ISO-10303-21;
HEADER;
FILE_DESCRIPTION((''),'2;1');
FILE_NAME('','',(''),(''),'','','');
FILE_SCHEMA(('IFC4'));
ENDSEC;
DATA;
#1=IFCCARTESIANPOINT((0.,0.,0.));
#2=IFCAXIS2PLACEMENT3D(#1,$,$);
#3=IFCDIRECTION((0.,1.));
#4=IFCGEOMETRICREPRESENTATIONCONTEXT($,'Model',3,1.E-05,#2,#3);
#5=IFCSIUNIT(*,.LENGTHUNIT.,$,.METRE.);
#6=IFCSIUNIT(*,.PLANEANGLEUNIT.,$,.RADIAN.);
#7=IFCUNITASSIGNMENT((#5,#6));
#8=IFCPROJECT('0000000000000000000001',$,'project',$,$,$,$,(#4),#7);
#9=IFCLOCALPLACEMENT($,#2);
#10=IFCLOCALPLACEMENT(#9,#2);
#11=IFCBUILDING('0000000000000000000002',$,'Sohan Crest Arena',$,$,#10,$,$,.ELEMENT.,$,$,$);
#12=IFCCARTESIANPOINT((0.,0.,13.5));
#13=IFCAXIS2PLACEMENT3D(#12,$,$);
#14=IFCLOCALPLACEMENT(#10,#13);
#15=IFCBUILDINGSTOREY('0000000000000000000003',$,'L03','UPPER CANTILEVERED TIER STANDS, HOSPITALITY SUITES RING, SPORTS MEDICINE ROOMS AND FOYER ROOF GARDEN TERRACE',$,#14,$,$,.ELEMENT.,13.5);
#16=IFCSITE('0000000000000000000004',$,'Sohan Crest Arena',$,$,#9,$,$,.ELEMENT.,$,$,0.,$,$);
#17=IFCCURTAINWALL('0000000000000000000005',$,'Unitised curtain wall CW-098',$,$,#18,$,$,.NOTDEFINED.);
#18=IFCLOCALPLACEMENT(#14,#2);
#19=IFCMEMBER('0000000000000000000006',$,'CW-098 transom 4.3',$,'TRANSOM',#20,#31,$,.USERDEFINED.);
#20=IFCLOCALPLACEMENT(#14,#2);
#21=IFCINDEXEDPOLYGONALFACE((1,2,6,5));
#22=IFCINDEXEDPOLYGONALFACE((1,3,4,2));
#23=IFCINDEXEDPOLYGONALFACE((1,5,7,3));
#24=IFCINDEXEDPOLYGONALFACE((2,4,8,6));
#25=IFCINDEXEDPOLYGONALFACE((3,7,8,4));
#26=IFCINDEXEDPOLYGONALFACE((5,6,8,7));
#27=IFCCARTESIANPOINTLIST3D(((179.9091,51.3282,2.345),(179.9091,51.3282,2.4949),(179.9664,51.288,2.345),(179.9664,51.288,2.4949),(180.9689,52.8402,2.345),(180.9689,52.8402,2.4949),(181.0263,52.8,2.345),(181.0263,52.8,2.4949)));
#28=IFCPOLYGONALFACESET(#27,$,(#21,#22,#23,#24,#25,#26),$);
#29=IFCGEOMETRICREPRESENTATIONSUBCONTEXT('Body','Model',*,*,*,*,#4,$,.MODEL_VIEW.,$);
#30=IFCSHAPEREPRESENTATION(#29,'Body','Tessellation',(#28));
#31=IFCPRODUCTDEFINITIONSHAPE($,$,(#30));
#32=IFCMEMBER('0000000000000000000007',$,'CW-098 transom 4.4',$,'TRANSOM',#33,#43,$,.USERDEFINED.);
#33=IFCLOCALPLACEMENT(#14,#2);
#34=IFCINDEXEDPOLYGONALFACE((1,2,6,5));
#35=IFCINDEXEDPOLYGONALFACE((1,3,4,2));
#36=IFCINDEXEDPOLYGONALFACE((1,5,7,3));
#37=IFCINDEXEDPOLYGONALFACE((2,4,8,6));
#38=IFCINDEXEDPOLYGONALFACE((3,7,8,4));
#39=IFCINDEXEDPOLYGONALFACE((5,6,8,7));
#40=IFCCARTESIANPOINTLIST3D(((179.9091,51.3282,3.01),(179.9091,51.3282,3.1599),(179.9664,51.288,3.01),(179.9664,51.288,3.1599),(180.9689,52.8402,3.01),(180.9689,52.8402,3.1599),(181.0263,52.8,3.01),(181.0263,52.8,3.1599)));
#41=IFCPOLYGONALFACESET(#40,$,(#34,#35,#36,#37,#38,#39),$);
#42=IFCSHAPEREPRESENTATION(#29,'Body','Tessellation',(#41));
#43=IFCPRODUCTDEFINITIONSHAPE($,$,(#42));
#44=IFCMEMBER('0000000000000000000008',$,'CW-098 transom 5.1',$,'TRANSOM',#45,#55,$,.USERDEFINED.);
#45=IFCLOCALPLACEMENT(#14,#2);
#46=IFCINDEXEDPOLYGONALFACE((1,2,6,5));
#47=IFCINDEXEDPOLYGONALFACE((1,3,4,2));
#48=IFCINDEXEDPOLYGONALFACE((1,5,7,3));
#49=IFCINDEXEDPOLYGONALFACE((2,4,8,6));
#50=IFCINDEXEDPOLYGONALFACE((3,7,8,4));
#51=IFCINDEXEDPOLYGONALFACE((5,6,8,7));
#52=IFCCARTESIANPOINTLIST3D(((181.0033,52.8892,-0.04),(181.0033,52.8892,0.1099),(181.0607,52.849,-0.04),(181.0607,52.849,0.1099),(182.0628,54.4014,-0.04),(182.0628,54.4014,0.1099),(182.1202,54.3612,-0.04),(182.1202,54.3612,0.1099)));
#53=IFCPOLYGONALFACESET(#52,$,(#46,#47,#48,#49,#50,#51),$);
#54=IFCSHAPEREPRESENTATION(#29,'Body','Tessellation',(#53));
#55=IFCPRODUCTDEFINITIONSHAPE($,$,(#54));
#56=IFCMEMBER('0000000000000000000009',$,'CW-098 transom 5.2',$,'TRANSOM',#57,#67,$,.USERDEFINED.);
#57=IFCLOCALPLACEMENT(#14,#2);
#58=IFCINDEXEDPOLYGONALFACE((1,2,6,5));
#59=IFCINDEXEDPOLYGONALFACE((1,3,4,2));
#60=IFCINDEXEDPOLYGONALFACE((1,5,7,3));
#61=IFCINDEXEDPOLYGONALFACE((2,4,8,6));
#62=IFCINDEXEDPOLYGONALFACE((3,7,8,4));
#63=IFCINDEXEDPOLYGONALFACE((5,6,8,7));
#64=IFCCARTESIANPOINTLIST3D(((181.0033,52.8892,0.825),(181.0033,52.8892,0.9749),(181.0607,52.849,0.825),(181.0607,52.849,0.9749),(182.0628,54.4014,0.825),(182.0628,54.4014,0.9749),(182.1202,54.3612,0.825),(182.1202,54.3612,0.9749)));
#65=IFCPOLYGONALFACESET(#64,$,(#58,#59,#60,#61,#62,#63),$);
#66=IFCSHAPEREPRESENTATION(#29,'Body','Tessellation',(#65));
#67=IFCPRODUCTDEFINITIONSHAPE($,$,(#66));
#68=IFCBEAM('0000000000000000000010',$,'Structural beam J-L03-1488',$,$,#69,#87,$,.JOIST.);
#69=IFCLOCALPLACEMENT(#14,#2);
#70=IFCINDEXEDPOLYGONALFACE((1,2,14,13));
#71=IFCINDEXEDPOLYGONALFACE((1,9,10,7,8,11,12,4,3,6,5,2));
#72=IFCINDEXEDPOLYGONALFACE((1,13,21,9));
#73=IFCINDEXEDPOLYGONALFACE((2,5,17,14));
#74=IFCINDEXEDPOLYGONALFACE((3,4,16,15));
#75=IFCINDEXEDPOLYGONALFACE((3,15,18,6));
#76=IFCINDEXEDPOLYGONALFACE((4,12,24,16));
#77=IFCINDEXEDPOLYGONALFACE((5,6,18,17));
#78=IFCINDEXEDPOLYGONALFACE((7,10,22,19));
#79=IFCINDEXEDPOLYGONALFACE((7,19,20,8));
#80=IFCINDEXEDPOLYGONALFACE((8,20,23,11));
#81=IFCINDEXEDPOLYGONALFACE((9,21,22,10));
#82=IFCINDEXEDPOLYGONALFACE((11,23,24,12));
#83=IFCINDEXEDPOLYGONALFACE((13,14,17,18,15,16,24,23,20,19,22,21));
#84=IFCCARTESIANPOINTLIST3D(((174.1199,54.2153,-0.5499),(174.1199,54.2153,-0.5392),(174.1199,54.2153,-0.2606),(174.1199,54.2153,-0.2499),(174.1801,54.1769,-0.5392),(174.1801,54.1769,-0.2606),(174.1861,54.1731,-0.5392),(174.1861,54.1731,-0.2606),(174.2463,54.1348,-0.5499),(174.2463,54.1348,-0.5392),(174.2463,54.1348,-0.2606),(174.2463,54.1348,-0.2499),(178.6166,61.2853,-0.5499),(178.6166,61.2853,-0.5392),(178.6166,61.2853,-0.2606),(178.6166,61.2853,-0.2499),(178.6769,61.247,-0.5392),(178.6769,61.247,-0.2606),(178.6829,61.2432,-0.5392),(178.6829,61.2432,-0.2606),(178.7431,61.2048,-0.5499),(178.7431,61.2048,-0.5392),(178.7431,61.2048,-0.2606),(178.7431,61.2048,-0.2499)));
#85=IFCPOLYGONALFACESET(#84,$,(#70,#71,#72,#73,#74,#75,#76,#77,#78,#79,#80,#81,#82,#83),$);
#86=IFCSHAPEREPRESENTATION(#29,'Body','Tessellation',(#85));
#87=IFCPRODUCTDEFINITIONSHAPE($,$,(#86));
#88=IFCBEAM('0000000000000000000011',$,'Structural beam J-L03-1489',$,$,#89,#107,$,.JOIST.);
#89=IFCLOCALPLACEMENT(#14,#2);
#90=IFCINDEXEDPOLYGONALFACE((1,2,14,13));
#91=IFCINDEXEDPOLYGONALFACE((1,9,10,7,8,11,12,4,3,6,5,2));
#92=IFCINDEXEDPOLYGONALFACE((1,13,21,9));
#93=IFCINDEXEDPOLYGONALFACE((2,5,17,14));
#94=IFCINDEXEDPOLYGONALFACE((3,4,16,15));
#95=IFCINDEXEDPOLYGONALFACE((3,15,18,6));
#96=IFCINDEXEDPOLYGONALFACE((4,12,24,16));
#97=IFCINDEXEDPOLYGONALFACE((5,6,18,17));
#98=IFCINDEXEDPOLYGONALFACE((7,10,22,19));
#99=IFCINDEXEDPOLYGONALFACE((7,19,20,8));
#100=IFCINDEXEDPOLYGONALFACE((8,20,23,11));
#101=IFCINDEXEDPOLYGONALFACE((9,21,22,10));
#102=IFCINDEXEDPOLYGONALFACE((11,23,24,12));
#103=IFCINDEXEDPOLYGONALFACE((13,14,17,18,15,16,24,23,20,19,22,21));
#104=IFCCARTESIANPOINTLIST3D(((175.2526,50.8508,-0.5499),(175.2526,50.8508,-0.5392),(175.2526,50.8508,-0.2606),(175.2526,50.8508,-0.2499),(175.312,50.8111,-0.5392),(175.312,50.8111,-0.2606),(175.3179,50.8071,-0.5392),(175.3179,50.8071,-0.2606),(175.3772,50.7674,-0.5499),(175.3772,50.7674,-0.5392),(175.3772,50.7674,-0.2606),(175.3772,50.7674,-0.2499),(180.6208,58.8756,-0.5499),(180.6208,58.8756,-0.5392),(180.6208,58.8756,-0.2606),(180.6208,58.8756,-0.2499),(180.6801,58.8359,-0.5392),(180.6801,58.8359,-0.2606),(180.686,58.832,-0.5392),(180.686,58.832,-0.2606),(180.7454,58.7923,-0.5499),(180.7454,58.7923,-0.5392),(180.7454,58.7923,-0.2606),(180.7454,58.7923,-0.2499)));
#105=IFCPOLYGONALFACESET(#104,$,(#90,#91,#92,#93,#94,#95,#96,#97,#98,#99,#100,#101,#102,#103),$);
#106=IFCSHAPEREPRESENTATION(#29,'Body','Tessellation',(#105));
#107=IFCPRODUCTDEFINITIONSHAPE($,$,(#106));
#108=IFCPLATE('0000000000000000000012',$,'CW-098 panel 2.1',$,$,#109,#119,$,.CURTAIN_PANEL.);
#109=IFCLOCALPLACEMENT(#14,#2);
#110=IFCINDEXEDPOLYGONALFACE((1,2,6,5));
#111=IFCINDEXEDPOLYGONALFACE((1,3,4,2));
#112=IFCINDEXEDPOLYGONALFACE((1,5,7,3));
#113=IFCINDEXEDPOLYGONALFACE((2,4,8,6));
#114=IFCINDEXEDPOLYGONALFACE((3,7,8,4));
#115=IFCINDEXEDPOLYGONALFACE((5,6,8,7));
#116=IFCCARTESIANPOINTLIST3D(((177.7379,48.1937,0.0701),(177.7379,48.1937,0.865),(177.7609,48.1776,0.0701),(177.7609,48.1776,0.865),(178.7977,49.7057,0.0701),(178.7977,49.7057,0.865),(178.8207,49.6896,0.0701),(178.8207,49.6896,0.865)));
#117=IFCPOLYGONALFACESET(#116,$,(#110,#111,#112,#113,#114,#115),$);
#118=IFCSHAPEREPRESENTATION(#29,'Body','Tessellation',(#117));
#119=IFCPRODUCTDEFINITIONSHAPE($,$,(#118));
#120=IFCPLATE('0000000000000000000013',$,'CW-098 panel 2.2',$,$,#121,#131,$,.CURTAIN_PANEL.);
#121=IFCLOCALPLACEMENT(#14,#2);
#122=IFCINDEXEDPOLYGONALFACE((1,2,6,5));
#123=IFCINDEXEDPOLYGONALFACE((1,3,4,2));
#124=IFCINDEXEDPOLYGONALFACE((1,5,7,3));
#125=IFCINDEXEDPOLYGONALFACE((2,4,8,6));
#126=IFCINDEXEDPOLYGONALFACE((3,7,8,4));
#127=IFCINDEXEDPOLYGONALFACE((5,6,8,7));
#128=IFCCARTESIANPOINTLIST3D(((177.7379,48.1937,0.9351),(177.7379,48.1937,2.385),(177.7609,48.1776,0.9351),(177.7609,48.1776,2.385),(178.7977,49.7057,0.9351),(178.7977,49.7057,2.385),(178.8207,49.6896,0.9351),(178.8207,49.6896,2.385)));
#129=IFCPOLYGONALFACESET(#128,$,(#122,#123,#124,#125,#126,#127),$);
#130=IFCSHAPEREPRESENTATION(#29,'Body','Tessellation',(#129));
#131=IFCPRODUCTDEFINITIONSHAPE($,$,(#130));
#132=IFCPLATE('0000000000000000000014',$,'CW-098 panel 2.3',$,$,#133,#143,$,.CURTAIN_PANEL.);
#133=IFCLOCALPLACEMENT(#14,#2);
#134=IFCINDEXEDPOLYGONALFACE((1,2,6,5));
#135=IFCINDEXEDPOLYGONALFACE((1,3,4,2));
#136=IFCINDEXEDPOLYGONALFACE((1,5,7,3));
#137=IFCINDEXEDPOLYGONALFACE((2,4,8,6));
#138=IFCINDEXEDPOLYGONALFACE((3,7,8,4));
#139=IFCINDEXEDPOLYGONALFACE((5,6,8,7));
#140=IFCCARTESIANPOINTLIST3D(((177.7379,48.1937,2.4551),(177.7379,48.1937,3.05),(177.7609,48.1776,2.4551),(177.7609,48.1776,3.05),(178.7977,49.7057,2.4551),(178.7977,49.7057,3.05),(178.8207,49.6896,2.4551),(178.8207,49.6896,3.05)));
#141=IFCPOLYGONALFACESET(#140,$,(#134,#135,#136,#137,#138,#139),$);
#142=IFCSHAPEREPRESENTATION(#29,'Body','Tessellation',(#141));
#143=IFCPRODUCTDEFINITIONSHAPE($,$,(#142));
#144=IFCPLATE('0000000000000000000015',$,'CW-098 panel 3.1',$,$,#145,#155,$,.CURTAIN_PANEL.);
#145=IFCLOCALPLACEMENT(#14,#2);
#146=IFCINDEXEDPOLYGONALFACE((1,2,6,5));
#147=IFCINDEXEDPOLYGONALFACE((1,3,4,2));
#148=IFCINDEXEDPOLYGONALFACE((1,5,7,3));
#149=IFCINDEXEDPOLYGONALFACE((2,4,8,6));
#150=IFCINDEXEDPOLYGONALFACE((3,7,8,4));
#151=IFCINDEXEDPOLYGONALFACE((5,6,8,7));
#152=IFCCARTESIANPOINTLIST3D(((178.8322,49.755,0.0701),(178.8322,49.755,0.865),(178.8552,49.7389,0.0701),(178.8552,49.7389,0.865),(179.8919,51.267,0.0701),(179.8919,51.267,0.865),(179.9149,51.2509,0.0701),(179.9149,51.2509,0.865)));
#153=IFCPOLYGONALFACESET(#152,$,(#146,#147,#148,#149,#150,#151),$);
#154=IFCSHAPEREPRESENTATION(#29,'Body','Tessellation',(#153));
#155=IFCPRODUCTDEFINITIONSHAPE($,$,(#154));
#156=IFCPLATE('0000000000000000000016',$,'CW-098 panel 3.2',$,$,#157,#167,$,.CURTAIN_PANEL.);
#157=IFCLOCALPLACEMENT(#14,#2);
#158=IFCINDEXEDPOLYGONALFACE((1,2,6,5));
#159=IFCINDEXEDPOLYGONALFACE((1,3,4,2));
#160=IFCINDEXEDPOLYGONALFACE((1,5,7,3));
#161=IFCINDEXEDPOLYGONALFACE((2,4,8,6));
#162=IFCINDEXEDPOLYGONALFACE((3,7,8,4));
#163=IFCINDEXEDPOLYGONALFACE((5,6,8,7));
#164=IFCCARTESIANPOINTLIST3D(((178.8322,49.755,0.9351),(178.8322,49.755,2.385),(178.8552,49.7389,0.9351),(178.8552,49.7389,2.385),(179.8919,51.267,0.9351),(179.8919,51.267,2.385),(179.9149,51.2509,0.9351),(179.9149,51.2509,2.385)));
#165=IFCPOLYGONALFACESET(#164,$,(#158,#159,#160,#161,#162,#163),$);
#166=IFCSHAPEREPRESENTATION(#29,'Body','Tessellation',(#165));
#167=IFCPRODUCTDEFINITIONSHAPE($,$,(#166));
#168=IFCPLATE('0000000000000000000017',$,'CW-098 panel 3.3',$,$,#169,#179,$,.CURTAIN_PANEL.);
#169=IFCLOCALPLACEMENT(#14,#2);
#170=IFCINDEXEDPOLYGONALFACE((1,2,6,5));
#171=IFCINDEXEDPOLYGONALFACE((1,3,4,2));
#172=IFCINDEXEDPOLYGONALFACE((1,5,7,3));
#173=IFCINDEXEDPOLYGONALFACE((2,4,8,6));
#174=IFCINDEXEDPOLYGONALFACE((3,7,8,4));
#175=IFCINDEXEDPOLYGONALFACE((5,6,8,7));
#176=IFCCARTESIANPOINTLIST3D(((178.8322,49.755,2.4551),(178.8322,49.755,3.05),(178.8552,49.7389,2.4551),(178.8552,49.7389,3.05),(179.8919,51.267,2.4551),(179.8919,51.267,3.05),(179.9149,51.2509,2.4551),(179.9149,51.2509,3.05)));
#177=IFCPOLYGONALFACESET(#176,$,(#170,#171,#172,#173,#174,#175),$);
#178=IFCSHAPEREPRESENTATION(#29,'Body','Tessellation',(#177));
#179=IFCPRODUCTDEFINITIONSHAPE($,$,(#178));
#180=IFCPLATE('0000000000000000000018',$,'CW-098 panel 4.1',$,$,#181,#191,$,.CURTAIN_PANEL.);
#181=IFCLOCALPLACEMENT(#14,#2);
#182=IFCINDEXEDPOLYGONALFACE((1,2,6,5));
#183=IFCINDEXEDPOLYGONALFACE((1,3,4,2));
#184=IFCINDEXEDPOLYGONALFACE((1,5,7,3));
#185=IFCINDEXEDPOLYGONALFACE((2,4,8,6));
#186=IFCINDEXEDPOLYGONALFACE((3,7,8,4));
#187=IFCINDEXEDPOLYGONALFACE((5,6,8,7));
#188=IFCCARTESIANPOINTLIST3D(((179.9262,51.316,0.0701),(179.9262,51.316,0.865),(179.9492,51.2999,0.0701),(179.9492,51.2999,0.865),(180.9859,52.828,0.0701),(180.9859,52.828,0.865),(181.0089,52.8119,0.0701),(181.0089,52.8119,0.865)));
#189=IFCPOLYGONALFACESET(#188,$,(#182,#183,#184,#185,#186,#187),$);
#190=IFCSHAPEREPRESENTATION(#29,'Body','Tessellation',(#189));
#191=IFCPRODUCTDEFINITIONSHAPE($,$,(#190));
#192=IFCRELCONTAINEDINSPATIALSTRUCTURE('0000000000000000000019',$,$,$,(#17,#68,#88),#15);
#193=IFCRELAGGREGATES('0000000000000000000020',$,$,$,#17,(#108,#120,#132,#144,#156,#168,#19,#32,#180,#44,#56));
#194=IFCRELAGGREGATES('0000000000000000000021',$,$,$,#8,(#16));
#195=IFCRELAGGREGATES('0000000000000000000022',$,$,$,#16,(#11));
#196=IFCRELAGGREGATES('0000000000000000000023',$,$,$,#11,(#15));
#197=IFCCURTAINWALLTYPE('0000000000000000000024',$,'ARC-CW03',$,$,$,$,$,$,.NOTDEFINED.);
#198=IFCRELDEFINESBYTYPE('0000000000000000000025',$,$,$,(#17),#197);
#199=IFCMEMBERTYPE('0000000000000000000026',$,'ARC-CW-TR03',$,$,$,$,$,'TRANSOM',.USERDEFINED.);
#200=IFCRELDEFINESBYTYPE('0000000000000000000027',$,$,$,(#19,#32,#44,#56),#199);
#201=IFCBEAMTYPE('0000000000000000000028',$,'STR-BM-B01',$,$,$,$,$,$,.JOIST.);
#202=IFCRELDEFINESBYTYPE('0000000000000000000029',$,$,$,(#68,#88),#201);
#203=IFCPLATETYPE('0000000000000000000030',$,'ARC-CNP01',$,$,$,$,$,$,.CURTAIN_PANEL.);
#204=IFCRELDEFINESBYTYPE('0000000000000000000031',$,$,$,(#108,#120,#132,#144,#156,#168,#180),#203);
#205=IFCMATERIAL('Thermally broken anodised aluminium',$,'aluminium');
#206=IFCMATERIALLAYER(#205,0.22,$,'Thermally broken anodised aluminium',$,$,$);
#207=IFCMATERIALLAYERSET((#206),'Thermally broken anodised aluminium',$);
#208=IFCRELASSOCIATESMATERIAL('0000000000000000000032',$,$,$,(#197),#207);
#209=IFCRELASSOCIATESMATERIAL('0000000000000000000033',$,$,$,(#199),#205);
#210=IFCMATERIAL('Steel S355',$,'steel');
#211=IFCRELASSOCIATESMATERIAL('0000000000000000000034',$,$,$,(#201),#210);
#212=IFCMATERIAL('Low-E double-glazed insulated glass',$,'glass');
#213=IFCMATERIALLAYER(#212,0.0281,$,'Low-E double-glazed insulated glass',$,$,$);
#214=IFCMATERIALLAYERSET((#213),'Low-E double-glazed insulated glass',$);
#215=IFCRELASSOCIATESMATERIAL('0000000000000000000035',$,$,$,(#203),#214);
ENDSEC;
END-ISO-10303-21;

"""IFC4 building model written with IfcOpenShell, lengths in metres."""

from ifc_helpers import new_model, si_unit, direction, frame, origin, origin_2d, place, context, subcontext, project, spatial, rectangle, i_section, extrude, material, layer, layer_set, material_profile, profile_set, type_object, element, aggregate, save


model = new_model("IFC4")

# Units and contexts
model_context = context("Model", 3, precision=1e-05, world=origin(), true_north=direction((0.0, 1.0)))
body_context = subcontext(model_context, "Body", "Model", "MODEL_VIEW")
ifc_project = project(units=[si_unit("LENGTHUNIT", "METRE"), si_unit("PLANEANGLEUNIT", "RADIAN")], contexts=[model_context])

# Site, building, storey
site_placement = place(None, origin())
site = spatial("IfcSite", under=ifc_project, at=site_placement, Name="Sohan Crest Arena", CompositionType="ELEMENT", RefElevation=0.0)
building_placement = place(site_placement, origin())
building = spatial("IfcBuilding", under=site, at=building_placement, Name="Sohan Crest Arena", CompositionType="ELEMENT")
storey_placement = place(building_placement, frame((0.0, 0.0, 13.5)))
storey = spatial("IfcBuildingStorey", under=building, at=storey_placement, Name="L03", Description="UPPER CANTILEVERED TIER STANDS, HOSPITALITY SUITES RING, SPORTS MEDICINE ROOMS AND FOYER ROOF GARDEN TERRACE", CompositionType="ELEMENT", Elevation=13.5)

# Curtain wall, members
ifc_material_1 = material(Name="Thermally broken anodised aluminium", Category="aluminium")
ifc_layer_1 = layer(ifc_material_1, 0.22, Name="Thermally broken anodised aluminium")
ifc_layer_set_1 = layer_set([ifc_layer_1], Name="Thermally broken anodised aluminium")
curtain_wall_type = type_object("IfcCurtainWallType", Name="ARC-CW03", PredefinedType="NOTDEFINED", material=ifc_layer_set_1)
curtain_wall_placement = place(storey_placement, origin())
curtain_wall = element("IfcCurtainWall", 1, at=curtain_wall_placement, inside=storey, type_object=curtain_wall_type, Name="Unitised curtain wall CW-098", PredefinedType="NOTDEFINED")
ifc_material_profile_1 = material_profile(ifc_material_1, rectangle(XDim=0.0701, YDim=0.1499, at=origin_2d()), Name="ALU-TRAN 70x150")
ifc_profile_set_1 = profile_set([ifc_material_profile_1], Name="Thermally broken anodised aluminium")
member_type_1 = type_object("IfcMemberType", Name="ARC-CW-TR03", ElementType="TRANSOM", PredefinedType="USERDEFINED", material=ifc_profile_set_1)
member_1_placement = place(storey_placement, frame((179.9377, 51.3081, 2.4199), z_axis=(0.573986, 0.818865, 0.0), x_axis=(-0.818865, 0.573986, 0.0)))
member_1 = element("IfcMember", 2, at=member_1_placement, type_object=member_type_1, Name="CW-098 transom 4.3", ObjectType="TRANSOM", PredefinedType="USERDEFINED", context=body_context, shape_type="SweptSolid", body=[
    extrude(rectangle(XDim=0.0701, YDim=0.1499, at=origin_2d()), origin(), (0.0, 0.0, 1.0), 1.8464),
])
member_2_placement = place(storey_placement, frame((179.9377, 51.3081, 3.085), z_axis=(0.573986, 0.818865, 0.0), x_axis=(-0.818865, 0.573986, 0.0)))
member_2 = element("IfcMember", 3, at=member_2_placement, type_object=member_type_1, Name="CW-098 transom 4.4", ObjectType="TRANSOM", PredefinedType="USERDEFINED", context=body_context, shape_type="SweptSolid", body=[
    extrude(rectangle(XDim=0.0701, YDim=0.1499, at=origin_2d()), origin(), (0.0, 0.0, 1.0), 1.8464),
])
member_3_placement = place(storey_placement, frame((181.032, 52.8691, 0.0349), z_axis=(0.573835, 0.818971, 0.0), x_axis=(-0.818971, 0.573835, 0.0)))
member_3 = element("IfcMember", 4, at=member_3_placement, type_object=member_type_1, Name="CW-098 transom 5.1", ObjectType="TRANSOM", PredefinedType="USERDEFINED", context=body_context, shape_type="SweptSolid", body=[
    extrude(rectangle(XDim=0.0701, YDim=0.1499, at=origin_2d()), origin(), (0.0, 0.0, 1.0), 1.8464),
])
member_4_placement = place(storey_placement, frame((181.032, 52.8691, 0.8999), z_axis=(0.573835, 0.818971, 0.0), x_axis=(-0.818971, 0.573835, 0.0)))
member_4 = element("IfcMember", 5, at=member_4_placement, type_object=member_type_1, Name="CW-098 transom 5.2", ObjectType="TRANSOM", PredefinedType="USERDEFINED", context=body_context, shape_type="SweptSolid", body=[
    extrude(rectangle(XDim=0.0701, YDim=0.1499, at=origin_2d()), origin(), (0.0, 0.0, 1.0), 1.8464),
])

# Beams
ifc_material_2 = material(Name="Steel S355", Category="steel")
ifc_material_profile_2 = material_profile(ifc_material_2, i_section(OverallWidth=0.1499, OverallDepth=0.3, WebThickness=0.0071, FlangeThickness=0.0107, at=origin_2d()), Name="IPE 300")
ifc_profile_set_2 = profile_set([ifc_material_profile_2], Name="Steel S355")
beam_type = type_object("IfcBeamType", Name="STR-BM-B01", PredefinedType="JOIST", material=ifc_profile_set_2)
beam_1_placement = place(storey_placement, frame((174.1831, 54.175, -0.3999), z_axis=(0.536679, 0.843786, 0.0), x_axis=(-0.843786, 0.536679, 0.0)))
element("IfcBeam", 6, at=beam_1_placement, inside=storey, type_object=beam_type, Name="Structural beam J-L03-1488", PredefinedType="JOIST", context=body_context, shape_type="SweptSolid", body=[
    extrude(i_section(OverallWidth=0.1499, OverallDepth=0.3, WebThickness=0.0071, FlangeThickness=0.0107, at=origin_2d()), origin(), (0.0, 0.0, 1.0), 8.3789),
])
beam_2_placement = place(storey_placement, frame((175.3149, 50.8091, -0.3999), z_axis=(0.556007, 0.831178, 0.0), x_axis=(-0.831178, 0.556007, 0.0)))
element("IfcBeam", 7, at=beam_2_placement, inside=storey, type_object=beam_type, Name="Structural beam J-L03-1489", PredefinedType="JOIST", context=body_context, shape_type="SweptSolid", body=[
    extrude(i_section(OverallWidth=0.1499, OverallDepth=0.3, WebThickness=0.0071, FlangeThickness=0.0107, at=origin_2d()), origin(), (0.0, 0.0, 1.0), 9.6548),
])

# Plates
ifc_material_3 = material(Name="Low-E double-glazed insulated glass", Category="glass")
ifc_layer_2 = layer(ifc_material_3, 0.0281, Name="Low-E double-glazed insulated glass")
ifc_layer_set_2 = layer_set([ifc_layer_2], Name="Low-E double-glazed insulated glass")
plate_type = type_object("IfcPlateType", Name="ARC-CNP01", PredefinedType="CURTAIN_PANEL", material=ifc_layer_set_2)
plate_1_placement = place(storey_placement, frame((178.2793, 48.9417, 0.0701), z_axis=(0.0, 0.0, 1.0), x_axis=(0.573938, 0.818899, 0.0)))
plate_1 = element("IfcPlate", 8, at=plate_1_placement, type_object=plate_type, Name="CW-098 panel 2.1", PredefinedType="CURTAIN_PANEL", context=body_context, shape_type="SweptSolid", body=[
    extrude(rectangle(XDim=1.8464, YDim=0.0281, at=origin_2d()), origin(), (0.0, 0.0, 1.0), 0.7949),
])
plate_2_placement = place(storey_placement, frame((178.2793, 48.9417, 0.9351), z_axis=(0.0, 0.0, 1.0), x_axis=(0.573938, 0.818899, 0.0)))
plate_2 = element("IfcPlate", 9, at=plate_2_placement, type_object=plate_type, Name="CW-098 panel 2.2", PredefinedType="CURTAIN_PANEL", context=body_context, shape_type="SweptSolid", body=[
    extrude(rectangle(XDim=1.8464, YDim=0.0281, at=origin_2d()), origin(), (0.0, 0.0, 1.0), 1.45),
])
plate_3_placement = place(storey_placement, frame((178.2793, 48.9417, 2.4551), z_axis=(0.0, 0.0, 1.0), x_axis=(0.573938, 0.818899, 0.0)))
plate_3 = element("IfcPlate", 10, at=plate_3_placement, type_object=plate_type, Name="CW-098 panel 2.3", PredefinedType="CURTAIN_PANEL", context=body_context, shape_type="SweptSolid", body=[
    extrude(rectangle(XDim=1.8464, YDim=0.0281, at=origin_2d()), origin(), (0.0, 0.0, 1.0), 0.595),
])
plate_4_placement = place(storey_placement, frame((179.3735, 50.5029, 0.0701), z_axis=(0.0, 0.0, 1.0), x_axis=(0.573938, 0.818899, 0.0)))
plate_4 = element("IfcPlate", 11, at=plate_4_placement, type_object=plate_type, Name="CW-098 panel 3.1", PredefinedType="CURTAIN_PANEL", context=body_context, shape_type="SweptSolid", body=[
    extrude(rectangle(XDim=1.8464, YDim=0.0281, at=origin_2d()), origin(), (0.0, 0.0, 1.0), 0.7949),
])
plate_5_placement = place(storey_placement, frame((179.3735, 50.5029, 0.9351), z_axis=(0.0, 0.0, 1.0), x_axis=(0.573938, 0.818899, 0.0)))
plate_5 = element("IfcPlate", 12, at=plate_5_placement, type_object=plate_type, Name="CW-098 panel 3.2", PredefinedType="CURTAIN_PANEL", context=body_context, shape_type="SweptSolid", body=[
    extrude(rectangle(XDim=1.8464, YDim=0.0281, at=origin_2d()), origin(), (0.0, 0.0, 1.0), 1.45),
])
plate_6_placement = place(storey_placement, frame((179.3735, 50.5029, 2.4551), z_axis=(0.0, 0.0, 1.0), x_axis=(0.573938, 0.818899, 0.0)))
plate_6 = element("IfcPlate", 13, at=plate_6_placement, type_object=plate_type, Name="CW-098 panel 3.3", PredefinedType="CURTAIN_PANEL", context=body_context, shape_type="SweptSolid", body=[
    extrude(rectangle(XDim=1.8464, YDim=0.0281, at=origin_2d()), origin(), (0.0, 0.0, 1.0), 0.595),
])
plate_7_placement = place(storey_placement, frame((180.4675, 52.064, 0.0701), z_axis=(0.0, 0.0, 1.0), x_axis=(0.573938, 0.818899, 0.0)))
plate_7 = element("IfcPlate", 14, at=plate_7_placement, type_object=plate_type, Name="CW-098 panel 4.1", PredefinedType="CURTAIN_PANEL", context=body_context, shape_type="SweptSolid", body=[
    extrude(rectangle(XDim=1.8464, YDim=0.0281, at=origin_2d()), origin(), (0.0, 0.0, 1.0), 0.7949),
])
aggregate(curtain_wall, [plate_1, plate_2, plate_3, plate_4, plate_5, plate_6, member_1, member_2, plate_7, member_3, member_4])

save(model, "model.ifc")
